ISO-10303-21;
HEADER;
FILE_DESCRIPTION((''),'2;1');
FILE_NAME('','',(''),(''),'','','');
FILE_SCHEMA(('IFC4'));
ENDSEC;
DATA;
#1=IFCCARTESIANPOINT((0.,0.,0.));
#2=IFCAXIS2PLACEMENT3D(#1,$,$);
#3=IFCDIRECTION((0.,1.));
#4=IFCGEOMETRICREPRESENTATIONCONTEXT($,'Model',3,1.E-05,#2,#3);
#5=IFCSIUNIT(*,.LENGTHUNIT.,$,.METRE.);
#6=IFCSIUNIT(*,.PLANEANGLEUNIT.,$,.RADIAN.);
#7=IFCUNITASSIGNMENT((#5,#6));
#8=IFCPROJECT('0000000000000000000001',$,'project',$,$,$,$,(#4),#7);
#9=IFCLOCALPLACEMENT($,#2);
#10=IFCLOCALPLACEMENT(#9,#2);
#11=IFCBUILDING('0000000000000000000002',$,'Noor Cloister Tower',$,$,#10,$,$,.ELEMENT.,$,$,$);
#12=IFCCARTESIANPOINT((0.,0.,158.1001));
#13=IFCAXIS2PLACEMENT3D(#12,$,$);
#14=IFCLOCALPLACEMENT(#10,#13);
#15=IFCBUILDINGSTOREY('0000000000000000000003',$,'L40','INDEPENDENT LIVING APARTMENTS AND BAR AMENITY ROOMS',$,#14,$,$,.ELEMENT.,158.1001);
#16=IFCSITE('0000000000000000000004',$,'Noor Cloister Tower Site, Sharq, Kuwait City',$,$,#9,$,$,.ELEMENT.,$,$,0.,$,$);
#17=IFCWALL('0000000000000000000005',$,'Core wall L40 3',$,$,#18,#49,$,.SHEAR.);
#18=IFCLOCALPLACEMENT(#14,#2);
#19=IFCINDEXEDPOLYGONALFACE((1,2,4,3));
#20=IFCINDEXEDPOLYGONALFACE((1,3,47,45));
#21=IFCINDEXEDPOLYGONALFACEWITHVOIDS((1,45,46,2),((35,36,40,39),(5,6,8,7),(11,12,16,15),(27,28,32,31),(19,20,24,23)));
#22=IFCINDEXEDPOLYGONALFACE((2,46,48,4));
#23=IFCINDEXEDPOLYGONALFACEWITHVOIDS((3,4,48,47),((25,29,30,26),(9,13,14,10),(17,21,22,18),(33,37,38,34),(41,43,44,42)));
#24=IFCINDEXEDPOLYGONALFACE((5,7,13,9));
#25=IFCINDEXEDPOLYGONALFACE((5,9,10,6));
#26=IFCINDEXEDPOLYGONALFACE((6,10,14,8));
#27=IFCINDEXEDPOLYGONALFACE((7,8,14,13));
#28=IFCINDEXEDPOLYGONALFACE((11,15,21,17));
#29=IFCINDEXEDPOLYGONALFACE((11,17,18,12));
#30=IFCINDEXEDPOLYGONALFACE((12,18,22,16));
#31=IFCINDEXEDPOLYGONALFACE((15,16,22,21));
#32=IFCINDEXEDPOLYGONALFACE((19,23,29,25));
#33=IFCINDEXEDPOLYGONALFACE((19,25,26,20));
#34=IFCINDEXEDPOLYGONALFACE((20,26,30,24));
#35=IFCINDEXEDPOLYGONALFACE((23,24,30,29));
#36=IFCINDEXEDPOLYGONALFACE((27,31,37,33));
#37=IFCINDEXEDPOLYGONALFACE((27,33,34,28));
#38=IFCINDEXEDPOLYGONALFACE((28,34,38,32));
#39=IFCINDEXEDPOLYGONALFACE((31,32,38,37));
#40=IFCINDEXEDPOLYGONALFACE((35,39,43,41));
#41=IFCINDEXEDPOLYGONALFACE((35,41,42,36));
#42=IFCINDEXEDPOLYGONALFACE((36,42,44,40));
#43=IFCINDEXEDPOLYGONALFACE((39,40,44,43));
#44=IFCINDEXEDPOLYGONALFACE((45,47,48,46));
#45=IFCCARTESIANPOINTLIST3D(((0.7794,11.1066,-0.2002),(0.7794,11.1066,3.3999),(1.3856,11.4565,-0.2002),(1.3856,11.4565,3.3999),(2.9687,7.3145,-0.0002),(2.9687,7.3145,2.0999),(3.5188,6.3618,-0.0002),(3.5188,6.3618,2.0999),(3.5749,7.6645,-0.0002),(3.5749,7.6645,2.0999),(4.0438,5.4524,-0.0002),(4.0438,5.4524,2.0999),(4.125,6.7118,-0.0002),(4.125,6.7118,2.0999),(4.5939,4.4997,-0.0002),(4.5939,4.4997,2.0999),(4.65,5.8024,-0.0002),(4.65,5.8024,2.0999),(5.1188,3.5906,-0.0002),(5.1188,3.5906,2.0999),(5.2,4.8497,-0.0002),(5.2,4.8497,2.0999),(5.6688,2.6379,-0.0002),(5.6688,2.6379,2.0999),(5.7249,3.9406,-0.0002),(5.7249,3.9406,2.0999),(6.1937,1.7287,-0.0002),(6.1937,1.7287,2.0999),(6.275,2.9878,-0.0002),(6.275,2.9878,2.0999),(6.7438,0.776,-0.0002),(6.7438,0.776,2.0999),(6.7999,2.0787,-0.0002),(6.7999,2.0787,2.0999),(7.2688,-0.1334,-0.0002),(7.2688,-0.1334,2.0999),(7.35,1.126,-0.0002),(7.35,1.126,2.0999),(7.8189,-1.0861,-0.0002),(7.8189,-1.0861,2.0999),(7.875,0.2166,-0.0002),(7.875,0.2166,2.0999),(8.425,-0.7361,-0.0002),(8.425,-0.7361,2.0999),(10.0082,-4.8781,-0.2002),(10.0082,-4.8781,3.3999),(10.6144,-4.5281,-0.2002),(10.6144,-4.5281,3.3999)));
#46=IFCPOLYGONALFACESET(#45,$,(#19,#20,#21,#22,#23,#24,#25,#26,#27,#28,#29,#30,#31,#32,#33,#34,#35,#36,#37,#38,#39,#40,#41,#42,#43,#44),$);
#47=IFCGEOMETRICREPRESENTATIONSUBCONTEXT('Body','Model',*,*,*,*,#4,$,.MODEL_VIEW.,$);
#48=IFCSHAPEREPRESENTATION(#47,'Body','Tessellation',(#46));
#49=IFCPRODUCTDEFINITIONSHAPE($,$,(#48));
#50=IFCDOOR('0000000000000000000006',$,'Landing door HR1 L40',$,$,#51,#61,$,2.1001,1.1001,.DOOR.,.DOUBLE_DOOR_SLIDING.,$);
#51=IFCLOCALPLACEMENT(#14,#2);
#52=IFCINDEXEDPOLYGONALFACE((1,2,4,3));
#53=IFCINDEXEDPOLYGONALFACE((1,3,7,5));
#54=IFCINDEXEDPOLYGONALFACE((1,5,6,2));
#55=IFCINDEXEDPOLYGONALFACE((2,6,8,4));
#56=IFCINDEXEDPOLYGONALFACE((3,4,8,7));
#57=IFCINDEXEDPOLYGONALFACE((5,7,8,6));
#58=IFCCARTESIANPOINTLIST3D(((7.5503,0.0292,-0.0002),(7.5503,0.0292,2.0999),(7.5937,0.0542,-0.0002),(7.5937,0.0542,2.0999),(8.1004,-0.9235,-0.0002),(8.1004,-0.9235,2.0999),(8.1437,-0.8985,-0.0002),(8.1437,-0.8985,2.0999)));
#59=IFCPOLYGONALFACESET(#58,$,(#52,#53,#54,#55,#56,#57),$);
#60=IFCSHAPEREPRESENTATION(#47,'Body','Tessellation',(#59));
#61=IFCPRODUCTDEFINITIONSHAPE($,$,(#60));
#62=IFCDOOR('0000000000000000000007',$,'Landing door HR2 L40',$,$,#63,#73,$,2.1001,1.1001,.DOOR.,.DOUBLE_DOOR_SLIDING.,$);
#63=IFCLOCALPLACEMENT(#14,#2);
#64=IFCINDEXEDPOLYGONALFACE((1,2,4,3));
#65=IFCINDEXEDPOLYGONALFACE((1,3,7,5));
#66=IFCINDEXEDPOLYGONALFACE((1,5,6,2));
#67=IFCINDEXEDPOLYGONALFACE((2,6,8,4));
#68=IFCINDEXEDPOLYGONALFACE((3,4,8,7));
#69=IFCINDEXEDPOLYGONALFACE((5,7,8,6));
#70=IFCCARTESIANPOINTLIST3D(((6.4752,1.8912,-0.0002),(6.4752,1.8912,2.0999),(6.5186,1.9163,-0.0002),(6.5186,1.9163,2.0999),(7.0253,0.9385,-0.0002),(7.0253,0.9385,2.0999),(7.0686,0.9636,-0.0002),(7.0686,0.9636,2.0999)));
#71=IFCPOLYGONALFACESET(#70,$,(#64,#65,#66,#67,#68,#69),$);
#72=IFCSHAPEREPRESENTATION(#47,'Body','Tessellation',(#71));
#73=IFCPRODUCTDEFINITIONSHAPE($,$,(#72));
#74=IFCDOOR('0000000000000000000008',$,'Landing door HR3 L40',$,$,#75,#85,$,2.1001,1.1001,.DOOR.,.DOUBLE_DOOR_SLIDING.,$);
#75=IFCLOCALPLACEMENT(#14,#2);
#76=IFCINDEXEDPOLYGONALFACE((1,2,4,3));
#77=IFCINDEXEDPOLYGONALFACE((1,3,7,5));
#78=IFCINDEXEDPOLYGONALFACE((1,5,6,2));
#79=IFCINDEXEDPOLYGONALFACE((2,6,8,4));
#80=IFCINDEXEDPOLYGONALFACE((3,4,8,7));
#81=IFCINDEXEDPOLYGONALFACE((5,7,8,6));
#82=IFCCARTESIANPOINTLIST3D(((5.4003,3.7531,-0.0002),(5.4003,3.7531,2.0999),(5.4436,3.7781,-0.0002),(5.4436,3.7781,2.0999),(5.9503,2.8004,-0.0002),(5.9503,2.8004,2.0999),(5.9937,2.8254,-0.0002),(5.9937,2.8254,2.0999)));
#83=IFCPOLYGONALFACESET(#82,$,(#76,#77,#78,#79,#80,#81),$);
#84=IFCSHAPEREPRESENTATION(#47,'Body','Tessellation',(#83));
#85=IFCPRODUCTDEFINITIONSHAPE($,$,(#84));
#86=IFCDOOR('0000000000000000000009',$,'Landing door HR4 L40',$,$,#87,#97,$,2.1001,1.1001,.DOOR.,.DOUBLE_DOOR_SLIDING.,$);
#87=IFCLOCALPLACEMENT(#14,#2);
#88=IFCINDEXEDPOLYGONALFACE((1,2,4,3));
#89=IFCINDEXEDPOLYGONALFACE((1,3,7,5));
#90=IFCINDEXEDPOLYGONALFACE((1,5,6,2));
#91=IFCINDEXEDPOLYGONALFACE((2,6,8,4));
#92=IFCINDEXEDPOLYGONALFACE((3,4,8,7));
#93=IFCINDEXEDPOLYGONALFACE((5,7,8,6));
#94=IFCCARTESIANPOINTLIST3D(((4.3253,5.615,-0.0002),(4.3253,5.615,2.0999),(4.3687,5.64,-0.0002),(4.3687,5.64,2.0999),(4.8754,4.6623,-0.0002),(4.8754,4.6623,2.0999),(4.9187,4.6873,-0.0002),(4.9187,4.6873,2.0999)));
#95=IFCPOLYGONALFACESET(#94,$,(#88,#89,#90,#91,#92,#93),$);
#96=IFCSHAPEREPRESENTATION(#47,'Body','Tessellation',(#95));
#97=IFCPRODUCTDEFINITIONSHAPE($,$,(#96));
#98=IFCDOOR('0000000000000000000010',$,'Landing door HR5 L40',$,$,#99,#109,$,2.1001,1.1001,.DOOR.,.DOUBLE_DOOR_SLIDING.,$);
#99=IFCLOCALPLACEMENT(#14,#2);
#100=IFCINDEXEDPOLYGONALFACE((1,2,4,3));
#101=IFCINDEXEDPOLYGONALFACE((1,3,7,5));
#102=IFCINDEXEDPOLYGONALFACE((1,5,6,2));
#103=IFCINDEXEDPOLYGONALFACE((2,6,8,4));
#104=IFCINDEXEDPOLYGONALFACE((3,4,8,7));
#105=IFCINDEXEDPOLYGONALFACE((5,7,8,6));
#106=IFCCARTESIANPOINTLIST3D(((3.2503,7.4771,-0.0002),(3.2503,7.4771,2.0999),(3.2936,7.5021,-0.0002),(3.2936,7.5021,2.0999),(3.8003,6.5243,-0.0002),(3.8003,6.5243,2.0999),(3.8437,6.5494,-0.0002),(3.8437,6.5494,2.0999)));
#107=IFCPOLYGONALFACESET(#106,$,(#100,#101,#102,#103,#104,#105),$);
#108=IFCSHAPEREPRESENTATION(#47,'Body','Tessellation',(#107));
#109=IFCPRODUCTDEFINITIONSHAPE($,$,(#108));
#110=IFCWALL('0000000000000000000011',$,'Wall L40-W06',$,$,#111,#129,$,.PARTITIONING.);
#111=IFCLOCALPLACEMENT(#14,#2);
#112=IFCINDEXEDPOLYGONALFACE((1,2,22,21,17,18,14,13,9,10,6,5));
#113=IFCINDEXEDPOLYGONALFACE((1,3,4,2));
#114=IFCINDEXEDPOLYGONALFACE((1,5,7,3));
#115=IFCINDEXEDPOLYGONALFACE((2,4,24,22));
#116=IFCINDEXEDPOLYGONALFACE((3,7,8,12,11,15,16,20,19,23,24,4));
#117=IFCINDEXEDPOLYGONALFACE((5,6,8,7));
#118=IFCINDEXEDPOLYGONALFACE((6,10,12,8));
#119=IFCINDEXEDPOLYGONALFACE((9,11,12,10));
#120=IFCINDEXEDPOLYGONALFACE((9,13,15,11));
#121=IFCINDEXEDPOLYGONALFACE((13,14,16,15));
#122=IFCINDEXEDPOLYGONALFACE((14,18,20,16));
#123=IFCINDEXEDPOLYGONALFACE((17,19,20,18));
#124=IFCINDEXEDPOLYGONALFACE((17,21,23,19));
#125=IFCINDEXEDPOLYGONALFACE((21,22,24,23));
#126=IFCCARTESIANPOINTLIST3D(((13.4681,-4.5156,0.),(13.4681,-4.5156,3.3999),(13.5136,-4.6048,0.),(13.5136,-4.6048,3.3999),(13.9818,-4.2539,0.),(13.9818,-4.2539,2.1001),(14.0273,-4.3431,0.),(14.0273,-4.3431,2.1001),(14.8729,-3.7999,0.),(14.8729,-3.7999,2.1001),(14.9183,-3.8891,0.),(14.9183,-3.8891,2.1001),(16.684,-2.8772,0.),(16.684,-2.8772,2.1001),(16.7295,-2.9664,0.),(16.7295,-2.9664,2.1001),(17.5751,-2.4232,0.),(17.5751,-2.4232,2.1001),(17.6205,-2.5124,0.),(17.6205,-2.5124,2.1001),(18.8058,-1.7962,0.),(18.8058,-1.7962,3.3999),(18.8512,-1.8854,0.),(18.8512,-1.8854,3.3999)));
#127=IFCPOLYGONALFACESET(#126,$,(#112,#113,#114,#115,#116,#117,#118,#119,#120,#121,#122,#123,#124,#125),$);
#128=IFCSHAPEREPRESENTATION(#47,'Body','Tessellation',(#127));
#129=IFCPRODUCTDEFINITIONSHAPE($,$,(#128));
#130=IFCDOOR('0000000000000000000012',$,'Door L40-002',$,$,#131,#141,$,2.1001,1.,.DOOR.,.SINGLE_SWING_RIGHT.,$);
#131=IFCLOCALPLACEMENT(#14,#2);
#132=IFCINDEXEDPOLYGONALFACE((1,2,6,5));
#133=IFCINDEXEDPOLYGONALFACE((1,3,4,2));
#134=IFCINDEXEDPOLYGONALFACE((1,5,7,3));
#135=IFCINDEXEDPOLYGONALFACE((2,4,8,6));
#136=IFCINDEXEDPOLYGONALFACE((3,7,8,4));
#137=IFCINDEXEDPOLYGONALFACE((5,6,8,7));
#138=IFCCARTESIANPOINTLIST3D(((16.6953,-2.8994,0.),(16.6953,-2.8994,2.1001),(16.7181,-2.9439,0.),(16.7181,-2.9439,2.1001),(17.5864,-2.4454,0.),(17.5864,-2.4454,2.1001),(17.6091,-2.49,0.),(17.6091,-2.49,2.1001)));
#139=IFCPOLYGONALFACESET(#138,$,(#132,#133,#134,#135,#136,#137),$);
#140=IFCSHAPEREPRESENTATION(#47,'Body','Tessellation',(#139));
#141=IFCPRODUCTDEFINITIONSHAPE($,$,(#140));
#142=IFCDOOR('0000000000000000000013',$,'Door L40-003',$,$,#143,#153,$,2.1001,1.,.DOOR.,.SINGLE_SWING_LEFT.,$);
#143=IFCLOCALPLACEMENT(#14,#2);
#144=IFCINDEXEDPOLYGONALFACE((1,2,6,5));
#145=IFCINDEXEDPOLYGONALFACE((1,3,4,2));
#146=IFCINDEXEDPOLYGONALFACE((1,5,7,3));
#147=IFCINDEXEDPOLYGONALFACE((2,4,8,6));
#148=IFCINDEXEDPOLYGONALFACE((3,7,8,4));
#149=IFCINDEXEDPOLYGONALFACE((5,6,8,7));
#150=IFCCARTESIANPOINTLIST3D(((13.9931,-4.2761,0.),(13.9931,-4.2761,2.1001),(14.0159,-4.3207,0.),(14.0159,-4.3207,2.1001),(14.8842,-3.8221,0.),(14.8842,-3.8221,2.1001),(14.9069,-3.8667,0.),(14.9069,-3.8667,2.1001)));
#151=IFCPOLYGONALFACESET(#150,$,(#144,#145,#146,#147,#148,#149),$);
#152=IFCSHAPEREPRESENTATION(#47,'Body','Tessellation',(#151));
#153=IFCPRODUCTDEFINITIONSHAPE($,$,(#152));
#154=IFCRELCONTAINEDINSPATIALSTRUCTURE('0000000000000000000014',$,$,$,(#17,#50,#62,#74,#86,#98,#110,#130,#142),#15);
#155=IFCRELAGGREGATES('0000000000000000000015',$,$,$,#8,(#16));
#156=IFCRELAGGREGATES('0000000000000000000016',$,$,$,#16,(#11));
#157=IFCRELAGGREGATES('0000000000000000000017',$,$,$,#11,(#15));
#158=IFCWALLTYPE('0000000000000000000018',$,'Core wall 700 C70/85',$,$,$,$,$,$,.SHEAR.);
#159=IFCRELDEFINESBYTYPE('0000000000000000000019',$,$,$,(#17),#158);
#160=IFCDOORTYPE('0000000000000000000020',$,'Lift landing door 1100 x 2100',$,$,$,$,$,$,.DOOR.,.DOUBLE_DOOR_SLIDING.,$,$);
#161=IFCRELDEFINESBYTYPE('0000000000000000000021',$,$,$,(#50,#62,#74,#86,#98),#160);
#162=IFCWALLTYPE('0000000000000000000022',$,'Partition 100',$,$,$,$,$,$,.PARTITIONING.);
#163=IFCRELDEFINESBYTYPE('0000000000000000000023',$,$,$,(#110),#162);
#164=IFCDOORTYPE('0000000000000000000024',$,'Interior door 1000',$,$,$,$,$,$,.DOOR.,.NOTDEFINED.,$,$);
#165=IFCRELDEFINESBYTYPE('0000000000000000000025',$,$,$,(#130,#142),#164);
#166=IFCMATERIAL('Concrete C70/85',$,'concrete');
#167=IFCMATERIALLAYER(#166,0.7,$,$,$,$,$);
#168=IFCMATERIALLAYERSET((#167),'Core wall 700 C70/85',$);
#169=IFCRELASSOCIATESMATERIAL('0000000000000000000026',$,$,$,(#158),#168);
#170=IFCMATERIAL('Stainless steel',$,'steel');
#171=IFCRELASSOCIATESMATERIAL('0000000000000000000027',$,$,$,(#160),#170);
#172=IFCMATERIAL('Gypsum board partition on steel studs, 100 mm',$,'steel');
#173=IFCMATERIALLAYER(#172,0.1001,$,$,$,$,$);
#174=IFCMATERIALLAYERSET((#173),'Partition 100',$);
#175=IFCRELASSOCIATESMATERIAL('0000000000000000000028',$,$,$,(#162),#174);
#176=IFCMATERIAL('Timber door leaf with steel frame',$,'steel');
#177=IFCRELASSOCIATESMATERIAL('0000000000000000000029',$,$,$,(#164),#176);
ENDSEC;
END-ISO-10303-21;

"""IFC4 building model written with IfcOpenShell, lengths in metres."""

from ifc_helpers import new_model, si_unit, direction, frame, frame_2d, origin, place, context, subcontext, project, spatial, rectangle, extrude, material, layer, layer_set, type_object, element, fill, save


model = new_model("IFC4")

# Units and contexts
model_context = context("Model", 3, precision=1e-05, world=origin(), true_north=direction((0.0, 1.0)))
body_context = subcontext(model_context, "Body", "Model", "MODEL_VIEW")
ifc_project = project(units=[si_unit("LENGTHUNIT", "METRE"), si_unit("PLANEANGLEUNIT", "RADIAN")], contexts=[model_context])

# Site, building, storey
site_placement = place(None, origin())
site = spatial("IfcSite", under=ifc_project, at=site_placement, Name="Noor Cloister Tower Site, Sharq, Kuwait City", CompositionType="ELEMENT", RefElevation=0.0)
building_placement = place(site_placement, origin())
building = spatial("IfcBuilding", under=site, at=building_placement, Name="Noor Cloister Tower", CompositionType="ELEMENT")
storey_placement = place(building_placement, frame((0.0, 0.0, 158.1001)))
storey = spatial("IfcBuildingStorey", under=building, at=storey_placement, Name="L40", Description="INDEPENDENT LIVING APARTMENTS AND BAR AMENITY ROOMS", CompositionType="ELEMENT", Elevation=158.1001)

# Walls, openings, doors
ifc_material_1 = material(Name="Concrete C70/85", Category="concrete")
ifc_layer_1 = layer(ifc_material_1, 0.7)
ifc_layer_set_1 = layer_set([ifc_layer_1], Name="Core wall 700 C70/85")
wall_type_1 = type_object("IfcWallType", Name="Core wall 700 C70/85", PredefinedType="SHEAR", material=ifc_layer_set_1)
wall_1_placement = place(storey_placement, frame((10.3113, -4.7031, -0.2002), z_axis=(0.0, 0.0, 1.0), x_axis=(-0.500001, 0.866025, 0.0)))
wall_1 = element("IfcWall", 1, at=wall_1_placement, inside=storey, type_object=wall_type_1, Name="Core wall L40 3", PredefinedType="SHEAR", context=body_context, shape_type="SweptSolid", body=[
    extrude(rectangle(XDim=18.4575, YDim=0.7, at=frame_2d((9.2288, 0.0))), origin(), (0.0, 0.0, 1.0), 3.6001),
])
opening_1_placement = place(wall_1_placement, frame((4.3787, 0.0, 0.2)))
opening_1 = element("IfcOpeningElement", 2, at=opening_1_placement, cuts=wall_1, PredefinedType="OPENING", context=body_context, shape_type="SweptSolid", body=[
    extrude(rectangle(XDim=1.1001, YDim=2.1001, at=frame_2d((0.55, 1.05))), frame((0.0, 0.3599, 0.0), z_axis=(0.0, -1.0, 0.0), x_axis=(1.0, 0.0, 0.0)), (0.0, 0.0, 1.0), 0.72),
])
opening_2_placement = place(wall_1_placement, frame((6.5288, 0.0, 0.2)))
opening_2 = element("IfcOpeningElement", 3, at=opening_2_placement, cuts=wall_1, PredefinedType="OPENING", context=body_context, shape_type="SweptSolid", body=[
    extrude(rectangle(XDim=1.1001, YDim=2.1001, at=frame_2d((0.55, 1.05))), frame((0.0, 0.3599, 0.0), z_axis=(0.0, -1.0, 0.0), x_axis=(1.0, 0.0, 0.0)), (0.0, 0.0, 1.0), 0.72),
])
opening_3_placement = place(wall_1_placement, frame((8.6787, 0.0, 0.2)))
opening_3 = element("IfcOpeningElement", 4, at=opening_3_placement, cuts=wall_1, PredefinedType="OPENING", context=body_context, shape_type="SweptSolid", body=[
    extrude(rectangle(XDim=1.1001, YDim=2.1001, at=frame_2d((0.55, 1.05))), frame((0.0, 0.3599, 0.0), z_axis=(0.0, -1.0, 0.0), x_axis=(1.0, 0.0, 0.0)), (0.0, 0.0, 1.0), 0.72),
])
opening_4_placement = place(wall_1_placement, frame((10.8286, 0.0, 0.2)))
opening_4 = element("IfcOpeningElement", 5, at=opening_4_placement, cuts=wall_1, PredefinedType="OPENING", context=body_context, shape_type="SweptSolid", body=[
    extrude(rectangle(XDim=1.1001, YDim=2.1001, at=frame_2d((0.55, 1.05))), frame((0.0, 0.3599, 0.0), z_axis=(0.0, -1.0, 0.0), x_axis=(1.0, 0.0, 0.0)), (0.0, 0.0, 1.0), 0.72),
])
opening_5_placement = place(wall_1_placement, frame((12.9788, 0.0, 0.2)))
opening_5 = element("IfcOpeningElement", 6, at=opening_5_placement, cuts=wall_1, PredefinedType="OPENING", context=body_context, shape_type="SweptSolid", body=[
    extrude(rectangle(XDim=1.1001, YDim=2.1001, at=frame_2d((0.55, 1.05))), frame((0.0, 0.3599, 0.0), z_axis=(0.0, -1.0, 0.0), x_axis=(1.0, 0.0, 0.0)), (0.0, 0.0, 1.0), 0.72),
])
ifc_material_2 = material(Name="Stainless steel", Category="steel")
door_type_1 = type_object("IfcDoorType", Name="Lift landing door 1100 x 2100", OperationType="DOUBLE_DOOR_SLIDING", PredefinedType="DOOR", material=ifc_material_2)
door_1_placement = place(opening_1_placement, origin())
door_1 = element("IfcDoor", 7, at=door_1_placement, inside=storey, type_object=door_type_1, Name="Landing door HR1 L40", OperationType="DOUBLE_DOOR_SLIDING", OverallHeight=2.1001, OverallWidth=1.1001, PredefinedType="DOOR", context=body_context, shape_type="SweptSolid", body=[
    extrude(rectangle(XDim=1.1001, YDim=2.1001, at=frame_2d((0.55, 1.05))), frame((0.0, 0.0249, 0.0), z_axis=(0.0, -1.0, 0.0), x_axis=(1.0, 0.0, 0.0)), (0.0, 0.0, 1.0), 0.05),
])
fill(opening_1, door_1)
door_2_placement = place(opening_2_placement, origin())
door_2 = element("IfcDoor", 8, at=door_2_placement, inside=storey, type_object=door_type_1, Name="Landing door HR2 L40", OperationType="DOUBLE_DOOR_SLIDING", OverallHeight=2.1001, OverallWidth=1.1001, PredefinedType="DOOR", context=body_context, shape_type="SweptSolid", body=[
    extrude(rectangle(XDim=1.1001, YDim=2.1001, at=frame_2d((0.55, 1.05))), frame((0.0, 0.0249, 0.0), z_axis=(0.0, -1.0, 0.0), x_axis=(1.0, 0.0, 0.0)), (0.0, 0.0, 1.0), 0.05),
])
fill(opening_2, door_2)
door_3_placement = place(opening_3_placement, origin())
door_3 = element("IfcDoor", 9, at=door_3_placement, inside=storey, type_object=door_type_1, Name="Landing door HR3 L40", OperationType="DOUBLE_DOOR_SLIDING", OverallHeight=2.1001, OverallWidth=1.1001, PredefinedType="DOOR", context=body_context, shape_type="SweptSolid", body=[
    extrude(rectangle(XDim=1.1001, YDim=2.1001, at=frame_2d((0.55, 1.05))), frame((0.0, 0.0249, 0.0), z_axis=(0.0, -1.0, 0.0), x_axis=(1.0, 0.0, 0.0)), (0.0, 0.0, 1.0), 0.05),
])
fill(opening_3, door_3)
door_4_placement = place(opening_4_placement, origin())
door_4 = element("IfcDoor", 10, at=door_4_placement, inside=storey, type_object=door_type_1, Name="Landing door HR4 L40", OperationType="DOUBLE_DOOR_SLIDING", OverallHeight=2.1001, OverallWidth=1.1001, PredefinedType="DOOR", context=body_context, shape_type="SweptSolid", body=[
    extrude(rectangle(XDim=1.1001, YDim=2.1001, at=frame_2d((0.55, 1.05))), frame((0.0, 0.0249, 0.0), z_axis=(0.0, -1.0, 0.0), x_axis=(1.0, 0.0, 0.0)), (0.0, 0.0, 1.0), 0.05),
])
fill(opening_4, door_4)
door_5_placement = place(opening_5_placement, origin())
door_5 = element("IfcDoor", 11, at=door_5_placement, inside=storey, type_object=door_type_1, Name="Landing door HR5 L40", OperationType="DOUBLE_DOOR_SLIDING", OverallHeight=2.1001, OverallWidth=1.1001, PredefinedType="DOOR", context=body_context, shape_type="SweptSolid", body=[
    extrude(rectangle(XDim=1.1001, YDim=2.1001, at=frame_2d((0.55, 1.05))), frame((0.0, 0.0249, 0.0), z_axis=(0.0, -1.0, 0.0), x_axis=(1.0, 0.0, 0.0)), (0.0, 0.0, 1.0), 0.05),
])
fill(opening_5, door_5)
ifc_material_3 = material(Name="Gypsum board partition on steel studs, 100 mm", Category="steel")
ifc_layer_2 = layer(ifc_material_3, 0.1001)
ifc_layer_set_2 = layer_set([ifc_layer_2], Name="Partition 100")
wall_type_2 = type_object("IfcWallType", Name="Partition 100", PredefinedType="PARTITIONING", material=ifc_layer_set_2)
wall_2_placement = place(storey_placement, frame((18.8284, -1.8408, 0.0), z_axis=(0.0, 0.0, 1.0), x_axis=(-0.891019, -0.453966, 0.0)))
wall_2 = element("IfcWall", 12, at=wall_2_placement, inside=storey, type_object=wall_type_2, Name="Wall L40-W06", PredefinedType="PARTITIONING", context=body_context, shape_type="SweptSolid", body=[
    extrude(rectangle(XDim=5.9905, YDim=0.1001, at=frame_2d((2.9951, 0.0))), origin(), (0.0, 0.0, 1.0), 3.3999),
])
opening_6_placement = place(wall_2_placement, frame((1.3811, 0.0, 0.0)))
opening_6 = element("IfcOpeningElement", 13, at=opening_6_placement, cuts=wall_2, PredefinedType="OPENING", context=body_context, shape_type="SweptSolid", body=[
    extrude(rectangle(XDim=1.0, YDim=2.1001, at=frame_2d((0.5, 1.05))), frame((0.0, 0.0601, 0.0), z_axis=(0.0, -1.0, 0.0), x_axis=(1.0, 0.0, 0.0)), (0.0, 0.0, 1.0), 0.1201),
])
opening_7_placement = place(wall_2_placement, frame((4.4138, 0.0, 0.0)))
opening_7 = element("IfcOpeningElement", 14, at=opening_7_placement, cuts=wall_2, PredefinedType="OPENING", context=body_context, shape_type="SweptSolid", body=[
    extrude(rectangle(XDim=1.0, YDim=2.1001, at=frame_2d((0.5, 1.05))), frame((0.0, 0.0601, 0.0), z_axis=(0.0, -1.0, 0.0), x_axis=(1.0, 0.0, 0.0)), (0.0, 0.0, 1.0), 0.1201),
])
ifc_material_4 = material(Name="Timber door leaf with steel frame", Category="steel")
door_type_2 = type_object("IfcDoorType", Name="Interior door 1000", OperationType="NOTDEFINED", PredefinedType="DOOR", material=ifc_material_4)
door_6_placement = place(opening_6_placement, origin())
door_6 = element("IfcDoor", 15, at=door_6_placement, inside=storey, type_object=door_type_2, Name="Door L40-002", OperationType="SINGLE_SWING_RIGHT", OverallHeight=2.1001, OverallWidth=1.0, PredefinedType="DOOR", context=body_context, shape_type="SweptSolid", body=[
    extrude(rectangle(XDim=1.0, YDim=2.1001, at=frame_2d((0.5, 1.05))), frame((0.0, 0.0249, 0.0), z_axis=(0.0, -1.0, 0.0), x_axis=(1.0, 0.0, 0.0)), (0.0, 0.0, 1.0), 0.05),
])
fill(opening_6, door_6)
door_7_placement = place(opening_7_placement, origin())
door_7 = element("IfcDoor", 16, at=door_7_placement, inside=storey, type_object=door_type_2, Name="Door L40-003", OperationType="SINGLE_SWING_LEFT", OverallHeight=2.1001, OverallWidth=1.0, PredefinedType="DOOR", context=body_context, shape_type="SweptSolid", body=[
    extrude(rectangle(XDim=1.0, YDim=2.1001, at=frame_2d((0.5, 1.05))), frame((0.0, 0.0249, 0.0), z_axis=(0.0, -1.0, 0.0), x_axis=(1.0, 0.0, 0.0)), (0.0, 0.0, 1.0), 0.05),
])
fill(opening_7, door_7)

save(model, "model.ifc")
